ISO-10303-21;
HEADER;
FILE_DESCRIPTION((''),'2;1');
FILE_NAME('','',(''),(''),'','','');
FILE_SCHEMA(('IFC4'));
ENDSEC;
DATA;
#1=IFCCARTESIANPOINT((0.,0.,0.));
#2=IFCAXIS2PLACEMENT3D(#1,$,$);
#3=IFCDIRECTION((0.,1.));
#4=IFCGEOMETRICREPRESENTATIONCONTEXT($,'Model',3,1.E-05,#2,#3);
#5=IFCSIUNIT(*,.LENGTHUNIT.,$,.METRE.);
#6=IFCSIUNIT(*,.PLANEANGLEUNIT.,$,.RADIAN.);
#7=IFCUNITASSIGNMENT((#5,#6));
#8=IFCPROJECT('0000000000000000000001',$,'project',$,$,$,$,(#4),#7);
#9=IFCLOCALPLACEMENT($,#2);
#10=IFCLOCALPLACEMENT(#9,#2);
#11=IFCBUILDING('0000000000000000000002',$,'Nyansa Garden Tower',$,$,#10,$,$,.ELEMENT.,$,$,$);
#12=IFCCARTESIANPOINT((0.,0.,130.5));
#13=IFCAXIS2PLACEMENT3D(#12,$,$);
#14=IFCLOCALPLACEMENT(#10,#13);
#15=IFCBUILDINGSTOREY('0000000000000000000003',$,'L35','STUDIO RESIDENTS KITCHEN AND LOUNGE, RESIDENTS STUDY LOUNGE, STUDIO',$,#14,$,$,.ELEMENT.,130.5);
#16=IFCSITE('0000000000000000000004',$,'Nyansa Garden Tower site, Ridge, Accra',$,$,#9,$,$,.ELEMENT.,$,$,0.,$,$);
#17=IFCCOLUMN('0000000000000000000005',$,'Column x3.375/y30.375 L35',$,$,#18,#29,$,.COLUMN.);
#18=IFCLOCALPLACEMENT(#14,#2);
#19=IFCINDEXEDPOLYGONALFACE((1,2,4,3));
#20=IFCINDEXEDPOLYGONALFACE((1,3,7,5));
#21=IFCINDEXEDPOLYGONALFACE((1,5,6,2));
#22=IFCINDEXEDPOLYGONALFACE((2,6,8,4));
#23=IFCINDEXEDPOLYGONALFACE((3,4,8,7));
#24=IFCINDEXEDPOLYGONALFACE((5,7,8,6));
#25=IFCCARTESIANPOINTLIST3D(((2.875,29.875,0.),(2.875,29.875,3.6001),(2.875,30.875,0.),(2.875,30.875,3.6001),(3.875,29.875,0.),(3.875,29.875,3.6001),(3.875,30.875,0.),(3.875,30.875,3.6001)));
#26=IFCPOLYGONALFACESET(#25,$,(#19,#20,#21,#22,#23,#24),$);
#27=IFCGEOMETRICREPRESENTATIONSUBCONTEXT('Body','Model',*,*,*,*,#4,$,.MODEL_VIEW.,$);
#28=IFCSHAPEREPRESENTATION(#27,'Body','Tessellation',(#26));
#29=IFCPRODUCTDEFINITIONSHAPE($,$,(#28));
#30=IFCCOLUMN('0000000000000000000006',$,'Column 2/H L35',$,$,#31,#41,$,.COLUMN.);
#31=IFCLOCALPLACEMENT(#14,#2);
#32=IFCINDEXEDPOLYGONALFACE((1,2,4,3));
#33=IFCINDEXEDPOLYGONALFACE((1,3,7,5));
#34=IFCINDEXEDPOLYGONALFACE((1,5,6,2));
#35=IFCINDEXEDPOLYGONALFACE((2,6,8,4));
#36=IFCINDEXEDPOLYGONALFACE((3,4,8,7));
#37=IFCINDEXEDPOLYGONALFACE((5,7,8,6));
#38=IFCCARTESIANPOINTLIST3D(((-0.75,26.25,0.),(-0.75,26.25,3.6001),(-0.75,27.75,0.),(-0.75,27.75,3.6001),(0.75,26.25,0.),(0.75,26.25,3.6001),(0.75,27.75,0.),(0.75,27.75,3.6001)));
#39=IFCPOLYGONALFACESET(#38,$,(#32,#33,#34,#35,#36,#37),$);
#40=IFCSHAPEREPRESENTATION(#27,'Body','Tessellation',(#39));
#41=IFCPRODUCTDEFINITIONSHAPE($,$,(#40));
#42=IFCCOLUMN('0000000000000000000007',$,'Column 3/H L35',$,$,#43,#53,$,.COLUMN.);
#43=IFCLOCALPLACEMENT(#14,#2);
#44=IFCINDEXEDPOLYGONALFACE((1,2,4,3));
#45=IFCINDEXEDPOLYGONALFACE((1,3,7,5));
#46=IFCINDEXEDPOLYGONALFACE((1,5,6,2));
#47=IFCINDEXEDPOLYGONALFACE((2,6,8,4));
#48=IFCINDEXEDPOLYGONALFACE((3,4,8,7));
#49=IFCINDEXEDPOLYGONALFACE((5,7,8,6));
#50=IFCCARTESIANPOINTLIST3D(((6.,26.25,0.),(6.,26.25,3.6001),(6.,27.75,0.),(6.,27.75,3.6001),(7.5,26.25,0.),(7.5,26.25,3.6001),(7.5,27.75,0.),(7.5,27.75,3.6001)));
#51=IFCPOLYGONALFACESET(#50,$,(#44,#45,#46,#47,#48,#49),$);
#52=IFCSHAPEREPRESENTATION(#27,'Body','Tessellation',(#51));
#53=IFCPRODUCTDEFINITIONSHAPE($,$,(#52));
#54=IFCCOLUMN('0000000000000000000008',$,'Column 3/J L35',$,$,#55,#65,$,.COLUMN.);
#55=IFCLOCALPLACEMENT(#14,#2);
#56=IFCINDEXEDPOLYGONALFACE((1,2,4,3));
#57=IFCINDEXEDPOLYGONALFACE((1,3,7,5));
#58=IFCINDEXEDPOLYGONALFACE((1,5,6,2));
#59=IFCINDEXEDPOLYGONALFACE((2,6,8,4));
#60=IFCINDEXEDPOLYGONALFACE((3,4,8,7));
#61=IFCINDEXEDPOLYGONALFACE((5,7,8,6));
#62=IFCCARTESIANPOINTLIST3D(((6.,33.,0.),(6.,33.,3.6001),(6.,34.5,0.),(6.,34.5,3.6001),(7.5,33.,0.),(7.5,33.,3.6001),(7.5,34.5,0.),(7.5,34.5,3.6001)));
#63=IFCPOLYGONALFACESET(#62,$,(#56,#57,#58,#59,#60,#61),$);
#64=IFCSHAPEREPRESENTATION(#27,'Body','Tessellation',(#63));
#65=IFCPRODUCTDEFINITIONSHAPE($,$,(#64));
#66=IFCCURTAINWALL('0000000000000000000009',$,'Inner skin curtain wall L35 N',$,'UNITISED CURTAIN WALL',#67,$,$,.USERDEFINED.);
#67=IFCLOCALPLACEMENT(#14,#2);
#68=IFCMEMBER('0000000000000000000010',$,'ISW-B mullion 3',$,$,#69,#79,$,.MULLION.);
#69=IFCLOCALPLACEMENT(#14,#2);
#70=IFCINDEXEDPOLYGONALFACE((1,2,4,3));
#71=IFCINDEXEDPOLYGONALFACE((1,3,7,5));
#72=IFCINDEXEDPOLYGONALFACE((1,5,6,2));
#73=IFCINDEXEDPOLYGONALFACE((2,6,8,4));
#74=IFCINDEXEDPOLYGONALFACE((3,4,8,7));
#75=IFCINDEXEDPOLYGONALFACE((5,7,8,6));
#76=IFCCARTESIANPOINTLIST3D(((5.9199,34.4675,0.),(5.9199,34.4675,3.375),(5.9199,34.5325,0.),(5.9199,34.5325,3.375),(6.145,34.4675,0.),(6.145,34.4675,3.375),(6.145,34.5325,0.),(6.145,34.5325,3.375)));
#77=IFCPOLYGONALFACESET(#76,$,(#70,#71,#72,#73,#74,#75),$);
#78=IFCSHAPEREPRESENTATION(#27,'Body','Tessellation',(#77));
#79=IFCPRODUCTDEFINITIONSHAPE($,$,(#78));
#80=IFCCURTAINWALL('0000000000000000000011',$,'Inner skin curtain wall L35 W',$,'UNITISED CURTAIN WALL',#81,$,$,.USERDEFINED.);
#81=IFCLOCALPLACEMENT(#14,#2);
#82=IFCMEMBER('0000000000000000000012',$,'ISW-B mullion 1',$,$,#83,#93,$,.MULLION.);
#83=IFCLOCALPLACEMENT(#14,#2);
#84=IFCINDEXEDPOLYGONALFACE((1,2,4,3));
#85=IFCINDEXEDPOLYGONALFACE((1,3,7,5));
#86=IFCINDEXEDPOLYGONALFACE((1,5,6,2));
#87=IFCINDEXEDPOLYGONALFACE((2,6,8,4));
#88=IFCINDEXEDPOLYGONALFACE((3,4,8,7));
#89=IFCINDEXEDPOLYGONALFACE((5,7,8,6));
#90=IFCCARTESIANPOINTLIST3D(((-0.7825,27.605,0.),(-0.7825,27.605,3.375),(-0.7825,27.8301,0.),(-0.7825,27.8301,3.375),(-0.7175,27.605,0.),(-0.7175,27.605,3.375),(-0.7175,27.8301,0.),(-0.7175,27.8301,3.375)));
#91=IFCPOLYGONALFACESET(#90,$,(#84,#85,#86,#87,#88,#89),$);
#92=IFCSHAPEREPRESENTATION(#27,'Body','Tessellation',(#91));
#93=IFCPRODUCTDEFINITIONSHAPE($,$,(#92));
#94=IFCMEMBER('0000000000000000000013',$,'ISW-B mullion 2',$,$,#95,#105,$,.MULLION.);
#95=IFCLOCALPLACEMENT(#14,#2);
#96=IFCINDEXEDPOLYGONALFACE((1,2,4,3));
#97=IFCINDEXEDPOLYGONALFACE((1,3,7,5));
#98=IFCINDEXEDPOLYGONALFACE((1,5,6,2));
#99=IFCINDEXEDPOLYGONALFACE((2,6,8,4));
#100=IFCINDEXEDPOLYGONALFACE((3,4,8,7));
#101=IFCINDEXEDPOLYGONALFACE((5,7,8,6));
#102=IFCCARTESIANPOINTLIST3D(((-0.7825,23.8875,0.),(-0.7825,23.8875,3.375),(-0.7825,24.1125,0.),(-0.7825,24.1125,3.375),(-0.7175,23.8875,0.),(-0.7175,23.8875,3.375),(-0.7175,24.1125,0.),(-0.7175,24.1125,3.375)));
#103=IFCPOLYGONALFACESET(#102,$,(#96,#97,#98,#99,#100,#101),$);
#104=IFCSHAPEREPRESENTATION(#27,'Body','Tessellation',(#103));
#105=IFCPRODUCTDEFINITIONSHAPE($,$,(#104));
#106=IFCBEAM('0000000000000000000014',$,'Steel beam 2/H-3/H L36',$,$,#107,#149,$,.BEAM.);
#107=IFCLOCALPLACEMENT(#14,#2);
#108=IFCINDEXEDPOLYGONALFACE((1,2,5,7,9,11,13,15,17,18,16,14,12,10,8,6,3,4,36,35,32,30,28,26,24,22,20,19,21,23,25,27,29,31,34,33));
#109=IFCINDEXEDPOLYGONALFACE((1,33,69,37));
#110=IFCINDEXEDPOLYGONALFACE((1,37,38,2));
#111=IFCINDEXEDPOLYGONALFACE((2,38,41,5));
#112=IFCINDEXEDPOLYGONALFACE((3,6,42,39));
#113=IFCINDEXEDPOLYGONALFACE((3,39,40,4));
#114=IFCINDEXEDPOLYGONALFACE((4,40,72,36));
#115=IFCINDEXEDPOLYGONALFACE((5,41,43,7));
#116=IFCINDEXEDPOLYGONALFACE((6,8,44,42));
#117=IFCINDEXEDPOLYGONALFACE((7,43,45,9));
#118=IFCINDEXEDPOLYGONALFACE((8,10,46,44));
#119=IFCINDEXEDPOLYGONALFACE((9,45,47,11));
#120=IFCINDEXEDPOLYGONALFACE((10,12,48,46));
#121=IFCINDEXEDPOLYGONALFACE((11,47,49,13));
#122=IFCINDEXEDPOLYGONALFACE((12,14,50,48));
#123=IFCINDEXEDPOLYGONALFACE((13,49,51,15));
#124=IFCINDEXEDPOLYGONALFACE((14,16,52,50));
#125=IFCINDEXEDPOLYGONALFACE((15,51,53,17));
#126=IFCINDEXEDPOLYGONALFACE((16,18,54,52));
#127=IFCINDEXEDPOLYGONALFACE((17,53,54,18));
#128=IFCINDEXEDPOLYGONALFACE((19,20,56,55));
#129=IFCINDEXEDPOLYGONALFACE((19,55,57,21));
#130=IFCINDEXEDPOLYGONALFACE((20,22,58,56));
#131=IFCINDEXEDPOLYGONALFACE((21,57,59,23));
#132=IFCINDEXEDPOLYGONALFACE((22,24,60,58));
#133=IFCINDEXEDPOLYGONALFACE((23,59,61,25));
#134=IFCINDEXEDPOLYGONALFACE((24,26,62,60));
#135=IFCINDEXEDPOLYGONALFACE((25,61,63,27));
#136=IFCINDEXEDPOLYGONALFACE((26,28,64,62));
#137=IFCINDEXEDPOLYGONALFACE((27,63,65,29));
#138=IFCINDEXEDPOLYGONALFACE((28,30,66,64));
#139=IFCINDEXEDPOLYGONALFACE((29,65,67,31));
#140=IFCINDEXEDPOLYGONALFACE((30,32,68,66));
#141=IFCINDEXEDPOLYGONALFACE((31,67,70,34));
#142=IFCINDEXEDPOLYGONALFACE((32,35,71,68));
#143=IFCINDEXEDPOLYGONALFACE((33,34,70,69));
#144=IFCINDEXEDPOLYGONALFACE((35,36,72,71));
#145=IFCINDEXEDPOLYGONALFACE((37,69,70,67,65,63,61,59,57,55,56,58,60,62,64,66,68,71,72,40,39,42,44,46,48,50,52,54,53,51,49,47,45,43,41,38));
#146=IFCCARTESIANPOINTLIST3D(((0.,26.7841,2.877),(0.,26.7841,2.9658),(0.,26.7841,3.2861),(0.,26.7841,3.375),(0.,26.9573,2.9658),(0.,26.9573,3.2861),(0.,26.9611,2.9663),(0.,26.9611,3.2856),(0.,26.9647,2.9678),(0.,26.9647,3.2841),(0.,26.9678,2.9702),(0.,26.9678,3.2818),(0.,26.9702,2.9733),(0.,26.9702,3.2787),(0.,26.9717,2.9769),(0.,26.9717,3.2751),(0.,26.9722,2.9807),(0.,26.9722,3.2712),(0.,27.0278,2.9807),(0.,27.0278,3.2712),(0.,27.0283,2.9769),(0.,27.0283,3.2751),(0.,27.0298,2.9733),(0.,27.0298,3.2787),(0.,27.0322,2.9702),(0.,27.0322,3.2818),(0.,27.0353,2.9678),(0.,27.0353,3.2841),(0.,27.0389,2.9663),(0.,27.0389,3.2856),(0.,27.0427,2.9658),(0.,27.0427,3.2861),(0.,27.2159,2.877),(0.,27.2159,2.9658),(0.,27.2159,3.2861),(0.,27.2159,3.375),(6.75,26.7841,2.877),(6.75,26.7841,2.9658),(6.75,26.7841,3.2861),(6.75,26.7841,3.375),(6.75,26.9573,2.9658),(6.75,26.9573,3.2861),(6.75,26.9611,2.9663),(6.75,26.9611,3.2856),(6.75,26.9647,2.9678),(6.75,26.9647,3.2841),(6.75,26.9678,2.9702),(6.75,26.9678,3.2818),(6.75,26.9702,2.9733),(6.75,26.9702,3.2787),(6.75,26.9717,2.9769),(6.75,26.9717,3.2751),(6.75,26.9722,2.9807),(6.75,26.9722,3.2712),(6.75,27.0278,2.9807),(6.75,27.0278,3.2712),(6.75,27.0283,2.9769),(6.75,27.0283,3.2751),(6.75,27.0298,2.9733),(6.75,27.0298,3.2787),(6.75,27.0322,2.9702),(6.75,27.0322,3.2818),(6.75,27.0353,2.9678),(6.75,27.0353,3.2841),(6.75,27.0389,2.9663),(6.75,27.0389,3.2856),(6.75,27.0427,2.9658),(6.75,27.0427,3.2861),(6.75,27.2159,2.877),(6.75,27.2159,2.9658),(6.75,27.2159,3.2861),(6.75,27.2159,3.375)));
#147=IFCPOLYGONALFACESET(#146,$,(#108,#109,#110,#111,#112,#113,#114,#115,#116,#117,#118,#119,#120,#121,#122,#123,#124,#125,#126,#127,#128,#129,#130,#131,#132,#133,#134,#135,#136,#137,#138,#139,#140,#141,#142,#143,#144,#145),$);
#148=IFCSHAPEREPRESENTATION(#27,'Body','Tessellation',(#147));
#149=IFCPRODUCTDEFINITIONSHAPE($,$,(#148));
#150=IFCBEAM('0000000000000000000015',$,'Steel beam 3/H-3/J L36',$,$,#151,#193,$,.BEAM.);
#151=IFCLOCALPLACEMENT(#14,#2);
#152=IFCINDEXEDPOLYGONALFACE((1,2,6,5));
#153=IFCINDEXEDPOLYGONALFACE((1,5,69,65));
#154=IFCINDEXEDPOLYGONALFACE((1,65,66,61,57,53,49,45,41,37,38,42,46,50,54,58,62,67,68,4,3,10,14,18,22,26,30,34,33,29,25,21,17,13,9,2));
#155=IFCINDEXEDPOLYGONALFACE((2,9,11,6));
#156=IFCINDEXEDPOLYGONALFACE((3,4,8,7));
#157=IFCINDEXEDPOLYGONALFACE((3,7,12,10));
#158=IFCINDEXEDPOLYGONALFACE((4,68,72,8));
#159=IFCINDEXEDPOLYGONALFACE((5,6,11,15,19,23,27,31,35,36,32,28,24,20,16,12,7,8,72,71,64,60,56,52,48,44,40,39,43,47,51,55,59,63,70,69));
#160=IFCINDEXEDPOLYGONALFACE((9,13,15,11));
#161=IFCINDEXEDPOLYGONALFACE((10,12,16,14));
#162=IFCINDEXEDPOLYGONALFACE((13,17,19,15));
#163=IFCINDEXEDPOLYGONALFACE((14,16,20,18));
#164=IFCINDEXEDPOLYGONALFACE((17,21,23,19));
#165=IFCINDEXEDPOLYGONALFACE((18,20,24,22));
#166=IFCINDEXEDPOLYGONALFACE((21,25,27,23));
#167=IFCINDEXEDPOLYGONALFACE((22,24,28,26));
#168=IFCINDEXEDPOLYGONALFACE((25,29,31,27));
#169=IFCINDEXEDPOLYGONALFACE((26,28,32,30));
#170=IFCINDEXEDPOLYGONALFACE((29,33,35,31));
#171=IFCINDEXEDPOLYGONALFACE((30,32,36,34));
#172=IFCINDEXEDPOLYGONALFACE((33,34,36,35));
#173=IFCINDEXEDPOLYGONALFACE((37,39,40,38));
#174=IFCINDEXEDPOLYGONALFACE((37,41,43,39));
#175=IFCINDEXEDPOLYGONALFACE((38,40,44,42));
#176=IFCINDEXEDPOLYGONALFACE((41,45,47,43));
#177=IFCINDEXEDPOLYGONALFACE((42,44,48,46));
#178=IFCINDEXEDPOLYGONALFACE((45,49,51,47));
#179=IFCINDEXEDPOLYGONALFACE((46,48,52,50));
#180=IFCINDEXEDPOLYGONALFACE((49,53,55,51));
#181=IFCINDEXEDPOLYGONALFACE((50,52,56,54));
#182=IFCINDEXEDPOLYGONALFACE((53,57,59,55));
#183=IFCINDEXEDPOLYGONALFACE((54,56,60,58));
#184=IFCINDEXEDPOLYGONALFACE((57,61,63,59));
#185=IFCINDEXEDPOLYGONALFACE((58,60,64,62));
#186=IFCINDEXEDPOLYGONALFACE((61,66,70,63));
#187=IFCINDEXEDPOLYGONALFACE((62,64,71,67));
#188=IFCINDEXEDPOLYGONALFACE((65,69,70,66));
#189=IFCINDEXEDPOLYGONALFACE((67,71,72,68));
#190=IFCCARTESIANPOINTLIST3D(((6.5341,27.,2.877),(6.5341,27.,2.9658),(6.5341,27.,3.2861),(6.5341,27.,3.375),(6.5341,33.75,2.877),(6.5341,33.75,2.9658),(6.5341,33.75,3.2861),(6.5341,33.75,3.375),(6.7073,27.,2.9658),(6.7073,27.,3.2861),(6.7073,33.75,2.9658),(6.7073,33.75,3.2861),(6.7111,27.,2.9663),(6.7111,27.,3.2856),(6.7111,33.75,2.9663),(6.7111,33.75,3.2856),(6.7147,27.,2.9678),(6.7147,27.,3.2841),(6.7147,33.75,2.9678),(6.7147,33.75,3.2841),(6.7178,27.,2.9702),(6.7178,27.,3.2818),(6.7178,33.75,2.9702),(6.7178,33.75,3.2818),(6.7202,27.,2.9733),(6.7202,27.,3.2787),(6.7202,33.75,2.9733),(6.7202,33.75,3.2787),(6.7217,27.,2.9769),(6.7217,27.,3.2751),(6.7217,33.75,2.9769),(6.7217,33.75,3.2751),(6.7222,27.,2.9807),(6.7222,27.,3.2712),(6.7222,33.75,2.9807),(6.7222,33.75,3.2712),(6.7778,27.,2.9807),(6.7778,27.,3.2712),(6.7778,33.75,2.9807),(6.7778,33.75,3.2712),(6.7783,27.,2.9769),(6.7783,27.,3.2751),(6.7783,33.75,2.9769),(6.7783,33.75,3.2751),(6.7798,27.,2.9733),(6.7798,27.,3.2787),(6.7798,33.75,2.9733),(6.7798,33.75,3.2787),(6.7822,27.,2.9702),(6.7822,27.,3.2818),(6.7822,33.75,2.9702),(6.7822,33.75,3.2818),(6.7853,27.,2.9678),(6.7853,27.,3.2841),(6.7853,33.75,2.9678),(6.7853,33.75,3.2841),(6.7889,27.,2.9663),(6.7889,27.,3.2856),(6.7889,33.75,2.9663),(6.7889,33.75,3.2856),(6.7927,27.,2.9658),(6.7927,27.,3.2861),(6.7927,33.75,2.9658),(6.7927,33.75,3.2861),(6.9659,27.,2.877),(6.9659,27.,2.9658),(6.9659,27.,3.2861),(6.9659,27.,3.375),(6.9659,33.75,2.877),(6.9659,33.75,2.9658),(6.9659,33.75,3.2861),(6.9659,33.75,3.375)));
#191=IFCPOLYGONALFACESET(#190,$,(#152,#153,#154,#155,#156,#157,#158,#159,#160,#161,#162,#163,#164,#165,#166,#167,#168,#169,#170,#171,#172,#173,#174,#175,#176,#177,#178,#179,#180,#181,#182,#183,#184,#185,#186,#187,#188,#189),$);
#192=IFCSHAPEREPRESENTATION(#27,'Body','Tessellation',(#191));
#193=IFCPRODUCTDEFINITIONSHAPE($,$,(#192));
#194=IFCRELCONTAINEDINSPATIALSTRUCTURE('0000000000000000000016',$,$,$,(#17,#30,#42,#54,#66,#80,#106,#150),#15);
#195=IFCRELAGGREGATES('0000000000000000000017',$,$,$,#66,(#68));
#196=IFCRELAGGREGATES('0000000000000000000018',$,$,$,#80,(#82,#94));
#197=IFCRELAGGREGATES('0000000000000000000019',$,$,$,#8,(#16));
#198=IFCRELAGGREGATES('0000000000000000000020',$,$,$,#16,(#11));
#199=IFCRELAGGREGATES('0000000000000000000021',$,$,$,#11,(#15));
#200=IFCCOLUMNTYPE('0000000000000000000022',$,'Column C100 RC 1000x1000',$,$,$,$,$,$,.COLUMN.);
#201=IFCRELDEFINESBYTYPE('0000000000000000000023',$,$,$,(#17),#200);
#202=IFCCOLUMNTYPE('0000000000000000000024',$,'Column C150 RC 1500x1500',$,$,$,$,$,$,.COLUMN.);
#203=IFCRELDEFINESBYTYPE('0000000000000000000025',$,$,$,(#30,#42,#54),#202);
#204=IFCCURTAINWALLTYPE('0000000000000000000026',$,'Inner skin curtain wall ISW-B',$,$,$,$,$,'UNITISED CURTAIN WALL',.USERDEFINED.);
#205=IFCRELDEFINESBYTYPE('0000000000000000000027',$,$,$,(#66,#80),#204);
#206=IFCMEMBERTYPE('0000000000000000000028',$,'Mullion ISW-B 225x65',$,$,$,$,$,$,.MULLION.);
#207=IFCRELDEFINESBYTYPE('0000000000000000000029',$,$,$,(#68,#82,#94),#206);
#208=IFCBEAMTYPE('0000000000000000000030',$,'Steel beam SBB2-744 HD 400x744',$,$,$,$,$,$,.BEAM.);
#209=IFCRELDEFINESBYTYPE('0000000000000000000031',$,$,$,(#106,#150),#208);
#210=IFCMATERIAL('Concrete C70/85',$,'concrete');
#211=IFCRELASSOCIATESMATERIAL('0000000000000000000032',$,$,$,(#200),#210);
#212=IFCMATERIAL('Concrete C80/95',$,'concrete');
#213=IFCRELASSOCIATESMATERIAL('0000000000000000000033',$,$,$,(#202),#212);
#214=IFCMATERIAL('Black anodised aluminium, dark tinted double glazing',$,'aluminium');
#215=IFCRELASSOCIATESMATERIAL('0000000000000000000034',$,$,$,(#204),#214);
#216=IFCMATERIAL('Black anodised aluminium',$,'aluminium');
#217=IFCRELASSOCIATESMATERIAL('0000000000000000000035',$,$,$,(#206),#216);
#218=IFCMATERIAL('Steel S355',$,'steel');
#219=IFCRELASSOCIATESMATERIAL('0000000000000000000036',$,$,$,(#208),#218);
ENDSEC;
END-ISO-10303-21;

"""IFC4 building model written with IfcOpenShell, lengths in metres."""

from ifc_helpers import new_model, si_unit, direction, frame, origin, origin_2d, place, context, subcontext, project, spatial, rectangle, i_section, extrude, material, material_profile, profile_set, type_object, element, aggregate, save


model = new_model("IFC4")

# Units and contexts
model_context = context("Model", 3, precision=1e-05, world=origin(), true_north=direction((0.0, 1.0)))
body_context = subcontext(model_context, "Body", "Model", "MODEL_VIEW")
ifc_project = project(units=[si_unit("LENGTHUNIT", "METRE"), si_unit("PLANEANGLEUNIT", "RADIAN")], contexts=[model_context])

# Site, building, storey
site_placement = place(None, origin())
site = spatial("IfcSite", under=ifc_project, at=site_placement, Name="Nyansa Garden Tower site, Ridge, Accra", CompositionType="ELEMENT", RefElevation=0.0)
building_placement = place(site_placement, origin())
building = spatial("IfcBuilding", under=site, at=building_placement, Name="Nyansa Garden Tower", CompositionType="ELEMENT")
storey_placement = place(building_placement, frame((0.0, 0.0, 130.5)))
storey = spatial("IfcBuildingStorey", under=building, at=storey_placement, Name="L35", Description="STUDIO RESIDENTS KITCHEN AND LOUNGE, RESIDENTS STUDY LOUNGE, STUDIO", CompositionType="ELEMENT", Elevation=130.5)

# Columns
ifc_material_1 = material(Name="Concrete C70/85", Category="concrete")
ifc_material_profile_1 = material_profile(ifc_material_1, rectangle(XDim=1.0, YDim=1.0, at=origin_2d()), Name="RC 1000x1000")
ifc_profile_set_1 = profile_set([ifc_material_profile_1], Name="Concrete C70/85")
column_type_1 = type_object("IfcColumnType", Name="Column C100 RC 1000x1000", PredefinedType="COLUMN", material=ifc_profile_set_1)
column_placement = place(storey_placement, frame((3.375, 30.375, 0.0), z_axis=(0.0, 0.0, 1.0), x_axis=(1.0, 0.0, 0.0)))
element("IfcColumn", 1, at=column_placement, inside=storey, type_object=column_type_1, Name="Column x3.375/y30.375 L35", PredefinedType="COLUMN", context=body_context, shape_type="SweptSolid", body=[
    extrude(rectangle(XDim=1.0, YDim=1.0, at=origin_2d()), origin(), (0.0, 0.0, 1.0), 3.6001),
])
ifc_material_2 = material(Name="Concrete C80/95", Category="concrete")
ifc_material_profile_2 = material_profile(ifc_material_2, rectangle(XDim=1.5, YDim=1.5, at=origin_2d()), Name="RC 1500x1500")
ifc_profile_set_2 = profile_set([ifc_material_profile_2], Name="Concrete C80/95")
column_type_2 = type_object("IfcColumnType", Name="Column C150 RC 1500x1500", PredefinedType="COLUMN", material=ifc_profile_set_2)
for number, where, z_axis, x_axis, name in (
    (2, (0.0, 27.0, 0.0), (0.0, 0.0, 1.0), (1.0, 0.0, 0.0), "Column 2/H L35"),
    (3, (6.75, 27.0, 0.0), (0.0, 0.0, 1.0), (1.0, 0.0, 0.0), "Column 3/H L35"),
    (4, (6.75, 33.75, 0.0), (0.0, 0.0, 1.0), (1.0, 0.0, 0.0), "Column 3/J L35"),
):
    element("IfcColumn", number, at=place(storey_placement, frame(where, z_axis=z_axis, x_axis=x_axis)), inside=storey, type_object=column_type_2, Name=name, PredefinedType="COLUMN", context=body_context, shape_type="SweptSolid", body=[
        extrude(rectangle(XDim=1.5, YDim=1.5, at=origin_2d()), origin(), (0.0, 0.0, 1.0), 3.6001),
    ])

# Curtain wall, member
ifc_material_3 = material(Name="Black anodised aluminium, dark tinted double glazing", Category="aluminium")
curtain_wall_type = type_object("IfcCurtainWallType", Name="Inner skin curtain wall ISW-B", ElementType="UNITISED CURTAIN WALL", PredefinedType="USERDEFINED", material=ifc_material_3)
curtain_wall_1_placement = place(storey_placement, origin())
curtain_wall_1 = element("IfcCurtainWall", 5, at=curtain_wall_1_placement, inside=storey, type_object=curtain_wall_type, Name="Inner skin curtain wall L35 N", ObjectType="UNITISED CURTAIN WALL", PredefinedType="USERDEFINED")
ifc_material_4 = material(Name="Black anodised aluminium", Category="aluminium")
ifc_material_profile_3 = material_profile(ifc_material_4, rectangle(XDim=0.0649, YDim=0.2251, at=origin_2d()), Name="Mullion 225x65")
ifc_profile_set_3 = profile_set([ifc_material_profile_3], Name="Black anodised aluminium")
member_type_1 = type_object("IfcMemberType", Name="Mullion ISW-B 225x65", PredefinedType="MULLION", material=ifc_profile_set_3)
member_1_placement = place(storey_placement, frame((6.0325, 34.5, 0.0), z_axis=(0.0, 0.0, 1.0), x_axis=(0.0, -1.0, 0.0)))
member_1 = element("IfcMember", 6, at=member_1_placement, type_object=member_type_1, Name="ISW-B mullion 3", PredefinedType="MULLION", context=body_context, shape_type="SweptSolid", body=[
    extrude(rectangle(XDim=0.0649, YDim=0.2251, at=origin_2d()), origin(), (0.0, 0.0, 1.0), 3.375),
])

# Curtain wall, members
curtain_wall_2_placement = place(storey_placement, origin())
curtain_wall_2 = element("IfcCurtainWall", 7, at=curtain_wall_2_placement, inside=storey, type_object=curtain_wall_type, Name="Inner skin curtain wall L35 W", ObjectType="UNITISED CURTAIN WALL", PredefinedType="USERDEFINED")
member_2_placement = place(storey_placement, frame((-0.75, 27.7175, 0.0), z_axis=(0.0, 0.0, 1.0), x_axis=(1.0, 0.0, 0.0)))
member_2 = element("IfcMember", 8, at=member_2_placement, type_object=member_type_1, Name="ISW-B mullion 1", PredefinedType="MULLION", context=body_context, shape_type="SweptSolid", body=[
    extrude(rectangle(XDim=0.0649, YDim=0.2251, at=origin_2d()), origin(), (0.0, 0.0, 1.0), 3.375),
])
member_3_placement = place(storey_placement, frame((-0.75, 24.0, 0.0), z_axis=(0.0, 0.0, 1.0), x_axis=(1.0, 0.0, 0.0)))
member_3 = element("IfcMember", 9, at=member_3_placement, type_object=member_type_1, Name="ISW-B mullion 2", PredefinedType="MULLION", context=body_context, shape_type="SweptSolid", body=[
    extrude(rectangle(XDim=0.0649, YDim=0.2251, at=origin_2d()), origin(), (0.0, 0.0, 1.0), 3.375),
])

# Beams
ifc_material_5 = material(Name="Steel S355", Category="steel")
ifc_material_profile_4 = material_profile(ifc_material_5, i_section(OverallWidth=0.4319, OverallDepth=0.498, WebThickness=0.0557, FlangeThickness=0.0889, FilletRadius=0.0149, at=origin_2d()), Name="HD 400x744")
ifc_profile_set_4 = profile_set([ifc_material_profile_4], Name="Steel S355")
beam_type_1 = type_object("IfcBeamType", Name="Steel beam SBB2-744 HD 400x744", PredefinedType="BEAM", material=ifc_profile_set_4)
for number, where, z_axis, x_axis, name in (
    (10, (0.0, 27.0, 3.126), (1.0, 0.0, 0.0), (0.0, 1.0, 0.0), "Steel beam 2/H-3/H L36"),
    (11, (6.75, 27.0, 3.126), (0.0, 1.0, 0.0), (-1.0, 0.0, 0.0), "Steel beam 3/H-3/J L36"),
):
    element("IfcBeam", number, at=place(storey_placement, frame(where, z_axis=z_axis, x_axis=x_axis)), inside=storey, type_object=beam_type_1, Name=name, PredefinedType="BEAM", context=body_context, shape_type="SweptSolid", body=[
        extrude(i_section(OverallWidth=0.4319, OverallDepth=0.498, WebThickness=0.0557, FlangeThickness=0.0889, FilletRadius=0.0149, at=origin_2d()), origin(), (0.0, 0.0, 1.0), 6.75),
    ])

aggregate(curtain_wall_1, [member_1])
aggregate(curtain_wall_2, [member_2, member_3])

save(model, "model.ifc")
